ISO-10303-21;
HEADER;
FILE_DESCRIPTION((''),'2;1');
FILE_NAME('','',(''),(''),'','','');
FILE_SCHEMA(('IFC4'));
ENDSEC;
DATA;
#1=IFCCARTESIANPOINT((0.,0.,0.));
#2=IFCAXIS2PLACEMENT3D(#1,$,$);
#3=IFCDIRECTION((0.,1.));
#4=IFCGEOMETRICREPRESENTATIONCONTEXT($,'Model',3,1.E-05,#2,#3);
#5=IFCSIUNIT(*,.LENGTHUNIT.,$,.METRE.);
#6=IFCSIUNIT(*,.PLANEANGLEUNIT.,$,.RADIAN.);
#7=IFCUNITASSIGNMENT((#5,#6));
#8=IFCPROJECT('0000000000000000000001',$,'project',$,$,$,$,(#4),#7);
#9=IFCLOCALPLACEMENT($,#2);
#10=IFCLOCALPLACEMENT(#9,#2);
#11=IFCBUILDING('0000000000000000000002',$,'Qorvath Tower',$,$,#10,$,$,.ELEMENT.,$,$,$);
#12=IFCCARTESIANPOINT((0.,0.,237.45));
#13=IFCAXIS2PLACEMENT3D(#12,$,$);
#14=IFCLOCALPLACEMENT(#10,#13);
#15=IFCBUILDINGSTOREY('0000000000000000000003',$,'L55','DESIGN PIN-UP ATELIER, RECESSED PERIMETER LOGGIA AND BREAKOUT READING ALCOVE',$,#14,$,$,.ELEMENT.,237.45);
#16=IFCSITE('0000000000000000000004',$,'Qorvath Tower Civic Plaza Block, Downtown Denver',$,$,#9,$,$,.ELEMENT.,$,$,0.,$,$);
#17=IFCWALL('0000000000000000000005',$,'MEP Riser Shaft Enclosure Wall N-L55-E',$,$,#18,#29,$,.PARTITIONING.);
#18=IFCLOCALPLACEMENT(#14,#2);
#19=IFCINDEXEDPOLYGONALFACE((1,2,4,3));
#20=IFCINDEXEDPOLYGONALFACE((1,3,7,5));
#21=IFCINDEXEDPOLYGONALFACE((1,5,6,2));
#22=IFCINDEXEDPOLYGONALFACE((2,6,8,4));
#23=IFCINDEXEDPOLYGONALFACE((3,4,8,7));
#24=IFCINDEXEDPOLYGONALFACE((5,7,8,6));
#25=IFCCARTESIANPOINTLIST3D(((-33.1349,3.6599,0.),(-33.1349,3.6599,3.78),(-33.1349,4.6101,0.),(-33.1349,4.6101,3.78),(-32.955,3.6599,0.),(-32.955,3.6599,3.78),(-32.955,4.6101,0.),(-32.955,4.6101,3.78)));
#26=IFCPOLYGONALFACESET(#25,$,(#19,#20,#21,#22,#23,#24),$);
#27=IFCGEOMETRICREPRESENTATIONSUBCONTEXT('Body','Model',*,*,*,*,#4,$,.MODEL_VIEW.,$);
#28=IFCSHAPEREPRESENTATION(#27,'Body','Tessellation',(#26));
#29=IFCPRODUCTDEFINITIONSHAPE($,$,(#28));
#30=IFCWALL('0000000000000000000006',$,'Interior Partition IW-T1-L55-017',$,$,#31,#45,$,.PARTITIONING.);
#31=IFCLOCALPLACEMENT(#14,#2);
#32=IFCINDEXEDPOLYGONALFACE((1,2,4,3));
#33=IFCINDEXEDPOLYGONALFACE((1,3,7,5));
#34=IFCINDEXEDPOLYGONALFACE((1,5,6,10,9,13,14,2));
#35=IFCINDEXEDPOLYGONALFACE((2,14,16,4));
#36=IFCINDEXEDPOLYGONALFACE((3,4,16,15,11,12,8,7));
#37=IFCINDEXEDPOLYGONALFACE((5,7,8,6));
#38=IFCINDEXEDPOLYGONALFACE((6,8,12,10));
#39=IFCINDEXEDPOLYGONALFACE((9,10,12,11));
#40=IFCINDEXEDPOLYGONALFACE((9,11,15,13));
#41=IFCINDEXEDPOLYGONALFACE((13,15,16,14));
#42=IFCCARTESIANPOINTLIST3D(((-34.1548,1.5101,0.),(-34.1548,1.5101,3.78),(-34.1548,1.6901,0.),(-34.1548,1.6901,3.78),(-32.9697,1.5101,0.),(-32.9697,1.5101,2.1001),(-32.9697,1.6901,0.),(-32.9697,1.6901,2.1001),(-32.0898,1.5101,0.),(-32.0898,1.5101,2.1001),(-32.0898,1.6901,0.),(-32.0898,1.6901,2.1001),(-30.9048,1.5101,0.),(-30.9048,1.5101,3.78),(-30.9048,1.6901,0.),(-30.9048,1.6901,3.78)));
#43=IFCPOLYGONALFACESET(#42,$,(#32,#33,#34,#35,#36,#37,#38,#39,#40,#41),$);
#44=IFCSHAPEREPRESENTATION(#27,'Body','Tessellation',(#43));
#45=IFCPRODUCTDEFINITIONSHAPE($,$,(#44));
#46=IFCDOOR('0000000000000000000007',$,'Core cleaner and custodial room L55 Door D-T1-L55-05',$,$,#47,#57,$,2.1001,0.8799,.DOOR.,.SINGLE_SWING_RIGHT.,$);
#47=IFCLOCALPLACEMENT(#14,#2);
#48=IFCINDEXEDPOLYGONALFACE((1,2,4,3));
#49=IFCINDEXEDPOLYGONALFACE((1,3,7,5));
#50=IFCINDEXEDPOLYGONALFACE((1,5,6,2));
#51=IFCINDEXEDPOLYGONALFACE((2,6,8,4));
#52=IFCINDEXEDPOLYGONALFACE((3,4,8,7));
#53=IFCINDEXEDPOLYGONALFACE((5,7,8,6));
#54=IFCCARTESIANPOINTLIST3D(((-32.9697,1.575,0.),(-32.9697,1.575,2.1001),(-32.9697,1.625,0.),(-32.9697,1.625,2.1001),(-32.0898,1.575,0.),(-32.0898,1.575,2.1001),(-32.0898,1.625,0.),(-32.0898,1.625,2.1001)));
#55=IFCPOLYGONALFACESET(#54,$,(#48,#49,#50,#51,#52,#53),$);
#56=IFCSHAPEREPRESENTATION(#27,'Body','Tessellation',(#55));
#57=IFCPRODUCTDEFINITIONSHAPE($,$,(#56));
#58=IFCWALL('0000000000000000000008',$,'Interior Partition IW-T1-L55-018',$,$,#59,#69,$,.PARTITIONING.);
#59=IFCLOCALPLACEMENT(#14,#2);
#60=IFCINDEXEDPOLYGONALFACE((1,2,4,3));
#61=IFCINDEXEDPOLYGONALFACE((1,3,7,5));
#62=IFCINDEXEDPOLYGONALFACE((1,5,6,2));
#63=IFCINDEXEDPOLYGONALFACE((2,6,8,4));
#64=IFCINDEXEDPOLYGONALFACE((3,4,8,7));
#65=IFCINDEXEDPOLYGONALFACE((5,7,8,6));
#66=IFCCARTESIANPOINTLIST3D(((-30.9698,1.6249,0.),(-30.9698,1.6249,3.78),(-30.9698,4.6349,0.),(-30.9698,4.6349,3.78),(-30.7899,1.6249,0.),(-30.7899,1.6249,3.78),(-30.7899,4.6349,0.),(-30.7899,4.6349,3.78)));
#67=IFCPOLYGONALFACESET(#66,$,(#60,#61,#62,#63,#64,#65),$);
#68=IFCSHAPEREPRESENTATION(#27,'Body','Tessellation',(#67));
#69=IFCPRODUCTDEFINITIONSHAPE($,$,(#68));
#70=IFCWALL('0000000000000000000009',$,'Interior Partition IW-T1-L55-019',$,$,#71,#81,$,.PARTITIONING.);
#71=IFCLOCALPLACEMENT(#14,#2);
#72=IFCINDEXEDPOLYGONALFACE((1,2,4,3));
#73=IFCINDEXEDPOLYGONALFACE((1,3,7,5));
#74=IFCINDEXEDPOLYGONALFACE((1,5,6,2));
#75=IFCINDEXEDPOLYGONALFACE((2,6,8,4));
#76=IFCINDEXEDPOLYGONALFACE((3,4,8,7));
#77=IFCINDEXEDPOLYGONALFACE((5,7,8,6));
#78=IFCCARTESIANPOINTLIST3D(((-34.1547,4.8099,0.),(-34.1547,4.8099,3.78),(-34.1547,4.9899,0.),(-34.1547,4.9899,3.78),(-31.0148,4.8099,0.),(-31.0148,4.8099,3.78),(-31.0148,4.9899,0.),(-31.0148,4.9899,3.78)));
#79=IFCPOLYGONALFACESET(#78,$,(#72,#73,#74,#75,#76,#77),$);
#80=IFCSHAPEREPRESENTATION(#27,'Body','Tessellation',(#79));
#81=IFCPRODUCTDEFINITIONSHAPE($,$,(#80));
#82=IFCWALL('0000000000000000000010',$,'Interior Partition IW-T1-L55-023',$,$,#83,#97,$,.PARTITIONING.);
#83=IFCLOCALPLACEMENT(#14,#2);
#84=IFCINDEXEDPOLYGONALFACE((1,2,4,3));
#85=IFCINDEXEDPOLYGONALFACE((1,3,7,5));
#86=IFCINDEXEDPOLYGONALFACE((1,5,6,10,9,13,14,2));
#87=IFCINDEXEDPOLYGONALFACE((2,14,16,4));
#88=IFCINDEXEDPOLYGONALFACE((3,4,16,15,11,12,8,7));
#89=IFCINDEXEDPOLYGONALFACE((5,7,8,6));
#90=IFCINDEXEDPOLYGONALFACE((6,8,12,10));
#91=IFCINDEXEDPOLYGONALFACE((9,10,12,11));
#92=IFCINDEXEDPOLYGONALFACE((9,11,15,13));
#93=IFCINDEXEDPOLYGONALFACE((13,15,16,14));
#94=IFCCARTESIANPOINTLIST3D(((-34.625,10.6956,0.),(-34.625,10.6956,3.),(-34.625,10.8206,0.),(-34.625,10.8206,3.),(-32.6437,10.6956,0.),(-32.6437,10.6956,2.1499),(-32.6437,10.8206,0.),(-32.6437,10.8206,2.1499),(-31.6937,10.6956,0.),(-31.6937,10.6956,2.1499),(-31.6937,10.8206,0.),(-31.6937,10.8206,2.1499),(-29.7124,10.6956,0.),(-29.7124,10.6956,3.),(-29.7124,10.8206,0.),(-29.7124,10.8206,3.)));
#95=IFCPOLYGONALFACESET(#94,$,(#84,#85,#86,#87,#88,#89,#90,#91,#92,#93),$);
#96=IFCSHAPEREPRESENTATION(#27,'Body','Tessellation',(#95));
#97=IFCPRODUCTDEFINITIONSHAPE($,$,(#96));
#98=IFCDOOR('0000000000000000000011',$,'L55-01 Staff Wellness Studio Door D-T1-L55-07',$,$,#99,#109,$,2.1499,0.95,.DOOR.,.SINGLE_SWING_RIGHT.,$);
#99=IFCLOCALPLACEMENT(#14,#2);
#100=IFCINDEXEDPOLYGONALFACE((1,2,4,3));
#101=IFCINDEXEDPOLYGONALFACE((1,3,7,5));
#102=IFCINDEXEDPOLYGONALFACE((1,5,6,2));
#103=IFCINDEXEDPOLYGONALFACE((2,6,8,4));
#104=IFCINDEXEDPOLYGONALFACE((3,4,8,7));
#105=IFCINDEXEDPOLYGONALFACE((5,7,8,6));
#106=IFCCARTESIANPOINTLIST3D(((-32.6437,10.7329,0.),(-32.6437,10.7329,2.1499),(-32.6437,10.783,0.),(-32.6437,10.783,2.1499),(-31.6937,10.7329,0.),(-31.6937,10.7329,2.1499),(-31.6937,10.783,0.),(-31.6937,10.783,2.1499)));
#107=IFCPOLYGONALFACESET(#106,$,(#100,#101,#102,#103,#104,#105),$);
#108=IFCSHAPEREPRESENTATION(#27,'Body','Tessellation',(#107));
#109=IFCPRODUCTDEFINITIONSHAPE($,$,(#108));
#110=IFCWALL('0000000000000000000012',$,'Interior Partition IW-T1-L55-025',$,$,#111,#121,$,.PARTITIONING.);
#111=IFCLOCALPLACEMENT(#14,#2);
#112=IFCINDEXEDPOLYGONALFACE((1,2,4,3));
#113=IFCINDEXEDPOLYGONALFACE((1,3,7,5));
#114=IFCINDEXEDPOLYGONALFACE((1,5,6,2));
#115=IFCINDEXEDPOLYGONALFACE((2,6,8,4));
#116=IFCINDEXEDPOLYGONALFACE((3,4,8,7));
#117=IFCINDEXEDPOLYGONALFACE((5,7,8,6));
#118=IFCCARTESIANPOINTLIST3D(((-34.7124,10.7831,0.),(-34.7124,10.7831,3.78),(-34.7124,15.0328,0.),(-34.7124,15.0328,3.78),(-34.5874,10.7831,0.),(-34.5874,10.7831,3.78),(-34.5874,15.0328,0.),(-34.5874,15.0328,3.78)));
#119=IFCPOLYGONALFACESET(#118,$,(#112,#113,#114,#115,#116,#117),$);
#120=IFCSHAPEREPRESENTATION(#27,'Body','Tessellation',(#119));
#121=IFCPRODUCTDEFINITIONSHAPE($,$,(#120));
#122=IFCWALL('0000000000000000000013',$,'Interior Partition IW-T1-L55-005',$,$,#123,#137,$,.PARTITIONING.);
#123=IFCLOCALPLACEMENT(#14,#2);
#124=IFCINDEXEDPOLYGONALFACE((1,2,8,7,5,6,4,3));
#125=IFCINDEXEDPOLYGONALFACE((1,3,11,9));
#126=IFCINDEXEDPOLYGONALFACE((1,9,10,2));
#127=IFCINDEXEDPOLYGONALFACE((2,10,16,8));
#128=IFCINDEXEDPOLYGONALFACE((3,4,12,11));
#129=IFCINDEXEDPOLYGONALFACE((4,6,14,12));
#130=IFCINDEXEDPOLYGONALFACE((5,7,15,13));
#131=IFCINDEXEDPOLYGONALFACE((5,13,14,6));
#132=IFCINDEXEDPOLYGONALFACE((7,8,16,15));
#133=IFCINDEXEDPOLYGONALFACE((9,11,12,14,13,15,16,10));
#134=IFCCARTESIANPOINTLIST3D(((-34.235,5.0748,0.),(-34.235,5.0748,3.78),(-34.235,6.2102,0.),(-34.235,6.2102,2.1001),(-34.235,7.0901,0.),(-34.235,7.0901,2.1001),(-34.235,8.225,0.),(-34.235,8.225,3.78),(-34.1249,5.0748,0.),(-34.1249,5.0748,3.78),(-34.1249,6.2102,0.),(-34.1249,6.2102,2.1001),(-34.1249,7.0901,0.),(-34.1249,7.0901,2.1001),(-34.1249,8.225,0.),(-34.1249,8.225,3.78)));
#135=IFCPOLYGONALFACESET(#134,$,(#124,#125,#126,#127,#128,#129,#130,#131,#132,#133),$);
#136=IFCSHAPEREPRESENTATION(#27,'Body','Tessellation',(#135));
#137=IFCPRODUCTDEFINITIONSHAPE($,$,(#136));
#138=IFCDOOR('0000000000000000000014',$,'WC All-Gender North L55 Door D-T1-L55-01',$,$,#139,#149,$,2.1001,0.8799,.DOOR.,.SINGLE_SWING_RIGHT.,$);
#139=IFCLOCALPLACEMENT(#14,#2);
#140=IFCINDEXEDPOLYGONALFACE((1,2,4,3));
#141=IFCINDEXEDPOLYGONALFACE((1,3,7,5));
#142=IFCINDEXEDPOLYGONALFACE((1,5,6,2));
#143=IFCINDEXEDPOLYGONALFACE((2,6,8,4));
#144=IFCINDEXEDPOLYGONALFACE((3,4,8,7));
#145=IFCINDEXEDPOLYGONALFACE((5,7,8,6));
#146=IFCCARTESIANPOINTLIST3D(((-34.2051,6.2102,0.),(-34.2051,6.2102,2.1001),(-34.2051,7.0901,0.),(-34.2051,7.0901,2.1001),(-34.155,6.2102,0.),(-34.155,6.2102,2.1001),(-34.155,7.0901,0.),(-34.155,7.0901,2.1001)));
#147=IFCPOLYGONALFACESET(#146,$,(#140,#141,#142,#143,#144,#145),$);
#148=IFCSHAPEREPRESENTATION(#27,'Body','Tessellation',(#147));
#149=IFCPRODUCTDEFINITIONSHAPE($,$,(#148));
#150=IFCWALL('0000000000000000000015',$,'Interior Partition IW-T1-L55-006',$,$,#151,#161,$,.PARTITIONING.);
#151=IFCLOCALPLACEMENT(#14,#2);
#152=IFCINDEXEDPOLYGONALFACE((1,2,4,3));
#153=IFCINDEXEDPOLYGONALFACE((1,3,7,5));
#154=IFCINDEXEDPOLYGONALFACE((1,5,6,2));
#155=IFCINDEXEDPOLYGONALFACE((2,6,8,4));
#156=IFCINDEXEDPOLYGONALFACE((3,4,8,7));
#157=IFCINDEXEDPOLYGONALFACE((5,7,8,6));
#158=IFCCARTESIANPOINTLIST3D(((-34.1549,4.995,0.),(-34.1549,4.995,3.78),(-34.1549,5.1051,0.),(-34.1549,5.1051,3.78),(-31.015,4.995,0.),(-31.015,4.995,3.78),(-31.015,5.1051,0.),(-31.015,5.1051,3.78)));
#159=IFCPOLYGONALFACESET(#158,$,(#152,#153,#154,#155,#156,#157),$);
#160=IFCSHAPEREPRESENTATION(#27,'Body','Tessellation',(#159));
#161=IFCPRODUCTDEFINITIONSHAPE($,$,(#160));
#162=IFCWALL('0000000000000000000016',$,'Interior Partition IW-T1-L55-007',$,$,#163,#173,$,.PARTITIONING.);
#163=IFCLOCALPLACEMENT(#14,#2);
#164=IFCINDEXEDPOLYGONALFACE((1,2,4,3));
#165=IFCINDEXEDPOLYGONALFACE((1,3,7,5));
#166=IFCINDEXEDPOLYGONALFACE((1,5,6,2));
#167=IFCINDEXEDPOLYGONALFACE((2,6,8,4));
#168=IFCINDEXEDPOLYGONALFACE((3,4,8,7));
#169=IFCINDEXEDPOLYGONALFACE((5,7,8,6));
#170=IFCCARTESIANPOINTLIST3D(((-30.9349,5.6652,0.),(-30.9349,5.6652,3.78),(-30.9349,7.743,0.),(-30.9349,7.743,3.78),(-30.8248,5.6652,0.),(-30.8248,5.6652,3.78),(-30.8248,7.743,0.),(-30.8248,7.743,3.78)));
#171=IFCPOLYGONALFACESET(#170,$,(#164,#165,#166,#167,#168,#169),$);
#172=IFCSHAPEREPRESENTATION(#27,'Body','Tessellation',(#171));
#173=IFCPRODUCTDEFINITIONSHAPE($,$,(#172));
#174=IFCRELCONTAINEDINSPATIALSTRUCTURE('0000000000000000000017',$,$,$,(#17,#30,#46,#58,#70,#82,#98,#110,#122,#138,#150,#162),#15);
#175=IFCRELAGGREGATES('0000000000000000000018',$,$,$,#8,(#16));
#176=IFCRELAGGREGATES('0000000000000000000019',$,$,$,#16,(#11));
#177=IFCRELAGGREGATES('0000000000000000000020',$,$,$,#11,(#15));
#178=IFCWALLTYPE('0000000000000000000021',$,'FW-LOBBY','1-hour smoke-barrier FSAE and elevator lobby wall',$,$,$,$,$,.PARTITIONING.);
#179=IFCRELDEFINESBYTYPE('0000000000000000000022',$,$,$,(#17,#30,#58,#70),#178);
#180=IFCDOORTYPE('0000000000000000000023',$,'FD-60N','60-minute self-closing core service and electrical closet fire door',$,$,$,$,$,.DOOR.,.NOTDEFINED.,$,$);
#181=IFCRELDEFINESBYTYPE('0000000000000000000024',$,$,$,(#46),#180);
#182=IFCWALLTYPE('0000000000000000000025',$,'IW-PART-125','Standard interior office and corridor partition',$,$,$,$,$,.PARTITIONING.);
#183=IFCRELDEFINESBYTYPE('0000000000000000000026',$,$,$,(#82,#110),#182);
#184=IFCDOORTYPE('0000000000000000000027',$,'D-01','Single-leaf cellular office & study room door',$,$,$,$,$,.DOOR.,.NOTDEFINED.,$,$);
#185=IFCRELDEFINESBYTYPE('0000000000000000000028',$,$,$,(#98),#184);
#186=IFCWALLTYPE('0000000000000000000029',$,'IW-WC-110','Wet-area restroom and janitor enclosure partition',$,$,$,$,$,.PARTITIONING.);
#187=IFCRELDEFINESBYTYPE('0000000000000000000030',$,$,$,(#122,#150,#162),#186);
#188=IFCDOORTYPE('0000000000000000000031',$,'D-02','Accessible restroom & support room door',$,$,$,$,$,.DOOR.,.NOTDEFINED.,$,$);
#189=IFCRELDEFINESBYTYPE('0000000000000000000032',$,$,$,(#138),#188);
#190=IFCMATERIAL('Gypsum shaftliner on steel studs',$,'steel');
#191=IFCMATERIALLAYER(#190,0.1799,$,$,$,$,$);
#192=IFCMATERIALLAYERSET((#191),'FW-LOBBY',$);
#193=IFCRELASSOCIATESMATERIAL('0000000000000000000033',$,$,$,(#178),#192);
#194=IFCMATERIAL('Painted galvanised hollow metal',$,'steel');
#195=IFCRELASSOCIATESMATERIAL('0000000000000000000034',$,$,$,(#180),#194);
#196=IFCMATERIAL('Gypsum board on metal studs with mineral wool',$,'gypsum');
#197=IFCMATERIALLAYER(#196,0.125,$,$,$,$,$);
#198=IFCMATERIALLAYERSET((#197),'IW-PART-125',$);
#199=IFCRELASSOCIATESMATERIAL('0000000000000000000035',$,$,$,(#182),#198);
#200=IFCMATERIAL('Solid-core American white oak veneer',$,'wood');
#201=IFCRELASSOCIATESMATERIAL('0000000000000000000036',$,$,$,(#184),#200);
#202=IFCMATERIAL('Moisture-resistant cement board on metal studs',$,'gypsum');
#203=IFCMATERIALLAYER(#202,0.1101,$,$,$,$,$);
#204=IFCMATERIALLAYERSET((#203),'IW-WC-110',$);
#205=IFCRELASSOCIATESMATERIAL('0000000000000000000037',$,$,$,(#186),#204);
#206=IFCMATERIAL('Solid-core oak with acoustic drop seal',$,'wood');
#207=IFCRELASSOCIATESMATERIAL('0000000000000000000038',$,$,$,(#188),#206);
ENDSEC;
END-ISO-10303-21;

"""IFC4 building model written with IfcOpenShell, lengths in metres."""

from ifc_helpers import new_model, si_unit, direction, frame, frame_2d, origin, place, context, subcontext, project, spatial, rectangle, extrude, material, layer, layer_set, type_object, element, fill, save


model = new_model("IFC4")

# Units and contexts
model_context = context("Model", 3, precision=1e-05, world=origin(), true_north=direction((0.0, 1.0)))
body_context = subcontext(model_context, "Body", "Model", "MODEL_VIEW")
ifc_project = project(units=[si_unit("LENGTHUNIT", "METRE"), si_unit("PLANEANGLEUNIT", "RADIAN")], contexts=[model_context])

# Site, building, storey
site_placement = place(None, origin())
site = spatial("IfcSite", under=ifc_project, at=site_placement, Name="Qorvath Tower Civic Plaza Block, Downtown Denver", CompositionType="ELEMENT", RefElevation=0.0)
building_placement = place(site_placement, origin())
building = spatial("IfcBuilding", under=site, at=building_placement, Name="Qorvath Tower", CompositionType="ELEMENT")
storey_placement = place(building_placement, frame((0.0, 0.0, 237.45)))
storey = spatial("IfcBuildingStorey", under=building, at=storey_placement, Name="L55", Description="DESIGN PIN-UP ATELIER, RECESSED PERIMETER LOGGIA AND BREAKOUT READING ALCOVE", CompositionType="ELEMENT", Elevation=237.45)

# Wall
ifc_material_1 = material(Name="Gypsum shaftliner on steel studs", Category="steel")
ifc_layer_1 = layer(ifc_material_1, 0.1799)
ifc_layer_set_1 = layer_set([ifc_layer_1], Name="FW-LOBBY")
wall_type_1 = type_object("IfcWallType", Name="FW-LOBBY", Description="1-hour smoke-barrier FSAE and elevator lobby wall", PredefinedType="PARTITIONING", material=ifc_layer_set_1)
for number, where, z_axis, x_axis, name in (
    (1, (-33.0449, 4.6101, 0.0), (0.0, 0.0, 1.0), (0.0, -1.0, 0.0), "MEP Riser Shaft Enclosure Wall N-L55-E"),
):
    element("IfcWall", number, at=place(storey_placement, frame(where, z_axis=z_axis, x_axis=x_axis)), inside=storey, type_object=wall_type_1, Name=name, PredefinedType="PARTITIONING", context=body_context, shape_type="SweptSolid", body=[
        extrude(rectangle(XDim=0.9502, YDim=0.1799, at=frame_2d((0.4751, 0.0))), origin(), (0.0, 0.0, 1.0), 3.78),
    ])

# Wall, opening, door
wall_1_placement = place(storey_placement, frame((-34.1548, 1.6001, 0.0), z_axis=(0.0, 0.0, 1.0), x_axis=(1.0, 0.0, 0.0)))
wall_1 = element("IfcWall", 2, at=wall_1_placement, inside=storey, type_object=wall_type_1, Name="Interior Partition IW-T1-L55-017", PredefinedType="PARTITIONING", context=body_context, shape_type="SweptSolid", body=[
    extrude(rectangle(XDim=3.25, YDim=0.1799, at=frame_2d((1.625, 0.0))), origin(), (0.0, 0.0, 1.0), 3.78),
])
opening_1_placement = place(wall_1_placement, frame((1.1851, 0.0, 0.0)))
opening_1 = element("IfcOpeningElement", 3, at=opening_1_placement, cuts=wall_1, PredefinedType="OPENING", context=body_context, shape_type="SweptSolid", body=[
    extrude(rectangle(XDim=0.8799, YDim=2.1001, at=frame_2d((0.4399, 1.05))), frame((0.0, 0.1001, 0.0), z_axis=(0.0, -1.0, 0.0), x_axis=(1.0, 0.0, 0.0)), (0.0, 0.0, 1.0), 0.2),
])
ifc_material_2 = material(Name="Painted galvanised hollow metal", Category="steel")
door_type_1 = type_object("IfcDoorType", Name="FD-60N", Description="60-minute self-closing core service and electrical closet fire door", OperationType="NOTDEFINED", PredefinedType="DOOR", material=ifc_material_2)
door_1_placement = place(opening_1_placement, origin())
door_1 = element("IfcDoor", 4, at=door_1_placement, inside=storey, type_object=door_type_1, Name="Core cleaner and custodial room L55 Door D-T1-L55-05", OperationType="SINGLE_SWING_RIGHT", OverallHeight=2.1001, OverallWidth=0.8799, PredefinedType="DOOR", context=body_context, shape_type="SweptSolid", body=[
    extrude(rectangle(XDim=0.8799, YDim=2.1001, at=frame_2d((0.4399, 1.05))), frame((0.0, 0.0249, 0.0), z_axis=(0.0, -1.0, 0.0), x_axis=(1.0, 0.0, 0.0)), (0.0, 0.0, 1.0), 0.05),
])
fill(opening_1, door_1)

# Walls
wall_2_placement = place(storey_placement, frame((-30.8799, 1.625, 0.0), z_axis=(0.0, 0.0, 1.0), x_axis=(0.0, 1.0, 0.0)))
element("IfcWall", 5, at=wall_2_placement, inside=storey, type_object=wall_type_1, Name="Interior Partition IW-T1-L55-018", PredefinedType="PARTITIONING", context=body_context, shape_type="SweptSolid", body=[
    extrude(rectangle(XDim=3.01, YDim=0.1799, at=frame_2d((1.5049, 0.0))), origin(), (0.0, 0.0, 1.0), 3.78),
])
wall_3_placement = place(storey_placement, frame((-31.0149, 4.8999, 0.0), z_axis=(0.0, 0.0, 1.0), x_axis=(-1.0, 0.0, 0.0)))
element("IfcWall", 6, at=wall_3_placement, inside=storey, type_object=wall_type_1, Name="Interior Partition IW-T1-L55-019", PredefinedType="PARTITIONING", context=body_context, shape_type="SweptSolid", body=[
    extrude(rectangle(XDim=3.1399, YDim=0.1799, at=frame_2d((1.5698, 0.0))), origin(), (0.0, 0.0, 1.0), 3.78),
])

# Wall, opening, door
ifc_material_3 = material(Name="Gypsum board on metal studs with mineral wool", Category="gypsum")
ifc_layer_2 = layer(ifc_material_3, 0.125)
ifc_layer_set_2 = layer_set([ifc_layer_2], Name="IW-PART-125")
wall_type_2 = type_object("IfcWallType", Name="IW-PART-125", Description="Standard interior office and corridor partition", PredefinedType="PARTITIONING", material=ifc_layer_set_2)
wall_4_placement = place(storey_placement, frame((-34.625, 10.7581, 0.0), z_axis=(0.0, 0.0, 1.0), x_axis=(1.0, 0.0, 0.0)))
wall_4 = element("IfcWall", 7, at=wall_4_placement, inside=storey, type_object=wall_type_2, Name="Interior Partition IW-T1-L55-023", PredefinedType="PARTITIONING", context=body_context, shape_type="SweptSolid", body=[
    extrude(rectangle(XDim=4.9126, YDim=0.125, at=frame_2d((2.4563, 0.0))), origin(), (0.0, 0.0, 1.0), 3.0),
])
opening_2_placement = place(wall_4_placement, frame((1.9812, 0.0, 0.0)))
opening_2 = element("IfcOpeningElement", 8, at=opening_2_placement, cuts=wall_4, PredefinedType="OPENING", context=body_context, shape_type="SweptSolid", body=[
    extrude(rectangle(XDim=0.95, YDim=2.1499, at=frame_2d((0.4751, 1.075))), frame((0.0, 0.0725, 0.0), z_axis=(0.0, -1.0, 0.0), x_axis=(1.0, 0.0, 0.0)), (0.0, 0.0, 1.0), 0.145),
])
ifc_material_4 = material(Name="Solid-core American white oak veneer", Category="wood")
door_type_2 = type_object("IfcDoorType", Name="D-01", Description="Single-leaf cellular office & study room door", OperationType="NOTDEFINED", PredefinedType="DOOR", material=ifc_material_4)
door_2_placement = place(opening_2_placement, origin())
door_2 = element("IfcDoor", 9, at=door_2_placement, inside=storey, type_object=door_type_2, Name="L55-01 Staff Wellness Studio Door D-T1-L55-07", OperationType="SINGLE_SWING_RIGHT", OverallHeight=2.1499, OverallWidth=0.95, PredefinedType="DOOR", context=body_context, shape_type="SweptSolid", body=[
    extrude(rectangle(XDim=0.95, YDim=2.1499, at=frame_2d((0.4751, 1.075))), frame((0.0, 0.0249, 0.0), z_axis=(0.0, -1.0, 0.0), x_axis=(1.0, 0.0, 0.0)), (0.0, 0.0, 1.0), 0.05),
])
fill(opening_2, door_2)

# Wall
wall_5_placement = place(storey_placement, frame((-34.6499, 15.033, 0.0), z_axis=(0.0, 0.0, 1.0), x_axis=(0.0, -1.0, 0.0)))
element("IfcWall", 10, at=wall_5_placement, inside=storey, type_object=wall_type_2, Name="Interior Partition IW-T1-L55-025", PredefinedType="PARTITIONING", context=body_context, shape_type="SweptSolid", body=[
    extrude(rectangle(XDim=4.2498, YDim=0.125, at=frame_2d((2.125, 0.0))), origin(), (0.0, 0.0, 1.0), 3.78),
])

# Wall, opening, door
ifc_material_5 = material(Name="Moisture-resistant cement board on metal studs", Category="gypsum")
ifc_layer_3 = layer(ifc_material_5, 0.1101)
ifc_layer_set_3 = layer_set([ifc_layer_3], Name="IW-WC-110")
wall_type_3 = type_object("IfcWallType", Name="IW-WC-110", Description="Wet-area restroom and janitor enclosure partition", PredefinedType="PARTITIONING", material=ifc_layer_set_3)
wall_6_placement = place(storey_placement, frame((-34.1799, 8.2251, 0.0), z_axis=(0.0, 0.0, 1.0), x_axis=(0.0, -1.0, 0.0)))
wall_6 = element("IfcWall", 11, at=wall_6_placement, inside=storey, type_object=wall_type_3, Name="Interior Partition IW-T1-L55-005", PredefinedType="PARTITIONING", context=body_context, shape_type="SweptSolid", body=[
    extrude(rectangle(XDim=3.1501, YDim=0.1101, at=frame_2d((1.5752, 0.0))), origin(), (0.0, 0.0, 1.0), 3.78),
])
opening_3_placement = place(wall_6_placement, frame((1.135, 0.0, 0.0)))
opening_3 = element("IfcOpeningElement", 12, at=opening_3_placement, cuts=wall_6, PredefinedType="OPENING", context=body_context, shape_type="SweptSolid", body=[
    extrude(rectangle(XDim=0.8799, YDim=2.1001, at=frame_2d((0.4399, 1.05))), frame((0.0, 0.0649, 0.0), z_axis=(0.0, -1.0, 0.0), x_axis=(1.0, 0.0, 0.0)), (0.0, 0.0, 1.0), 0.1301),
])
ifc_material_6 = material(Name="Solid-core oak with acoustic drop seal", Category="wood")
door_type_3 = type_object("IfcDoorType", Name="D-02", Description="Accessible restroom & support room door", OperationType="NOTDEFINED", PredefinedType="DOOR", material=ifc_material_6)
door_3_placement = place(opening_3_placement, origin())
door_3 = element("IfcDoor", 13, at=door_3_placement, inside=storey, type_object=door_type_3, Name="WC All-Gender North L55 Door D-T1-L55-01", OperationType="SINGLE_SWING_RIGHT", OverallHeight=2.1001, OverallWidth=0.8799, PredefinedType="DOOR", context=body_context, shape_type="SweptSolid", body=[
    extrude(rectangle(XDim=0.8799, YDim=2.1001, at=frame_2d((0.4399, 1.05))), frame((0.0, 0.0249, 0.0), z_axis=(0.0, -1.0, 0.0), x_axis=(1.0, 0.0, 0.0)), (0.0, 0.0, 1.0), 0.05),
])
fill(opening_3, door_3)

# Walls
wall_7_placement = place(storey_placement, frame((-34.1548, 5.05, 0.0), z_axis=(0.0, 0.0, 1.0), x_axis=(1.0, 0.0, 0.0)))
element("IfcWall", 14, at=wall_7_placement, inside=storey, type_object=wall_type_3, Name="Interior Partition IW-T1-L55-006", PredefinedType="PARTITIONING", context=body_context, shape_type="SweptSolid", body=[
    extrude(rectangle(XDim=3.1399, YDim=0.1101, at=frame_2d((1.5698, 0.0))), origin(), (0.0, 0.0, 1.0), 3.78),
])
wall_8_placement = place(storey_placement, frame((-30.8799, 5.665, 0.0), z_axis=(0.0, 0.0, 1.0), x_axis=(0.0, 1.0, 0.0)))
element("IfcWall", 15, at=wall_8_placement, inside=storey, type_object=wall_type_3, Name="Interior Partition IW-T1-L55-007", PredefinedType="PARTITIONING", context=body_context, shape_type="SweptSolid", body=[
    extrude(rectangle(XDim=2.0779, YDim=0.1101, at=frame_2d((1.0391, 0.0))), origin(), (0.0, 0.0, 1.0), 3.78),
])

save(model, "model.ifc")
